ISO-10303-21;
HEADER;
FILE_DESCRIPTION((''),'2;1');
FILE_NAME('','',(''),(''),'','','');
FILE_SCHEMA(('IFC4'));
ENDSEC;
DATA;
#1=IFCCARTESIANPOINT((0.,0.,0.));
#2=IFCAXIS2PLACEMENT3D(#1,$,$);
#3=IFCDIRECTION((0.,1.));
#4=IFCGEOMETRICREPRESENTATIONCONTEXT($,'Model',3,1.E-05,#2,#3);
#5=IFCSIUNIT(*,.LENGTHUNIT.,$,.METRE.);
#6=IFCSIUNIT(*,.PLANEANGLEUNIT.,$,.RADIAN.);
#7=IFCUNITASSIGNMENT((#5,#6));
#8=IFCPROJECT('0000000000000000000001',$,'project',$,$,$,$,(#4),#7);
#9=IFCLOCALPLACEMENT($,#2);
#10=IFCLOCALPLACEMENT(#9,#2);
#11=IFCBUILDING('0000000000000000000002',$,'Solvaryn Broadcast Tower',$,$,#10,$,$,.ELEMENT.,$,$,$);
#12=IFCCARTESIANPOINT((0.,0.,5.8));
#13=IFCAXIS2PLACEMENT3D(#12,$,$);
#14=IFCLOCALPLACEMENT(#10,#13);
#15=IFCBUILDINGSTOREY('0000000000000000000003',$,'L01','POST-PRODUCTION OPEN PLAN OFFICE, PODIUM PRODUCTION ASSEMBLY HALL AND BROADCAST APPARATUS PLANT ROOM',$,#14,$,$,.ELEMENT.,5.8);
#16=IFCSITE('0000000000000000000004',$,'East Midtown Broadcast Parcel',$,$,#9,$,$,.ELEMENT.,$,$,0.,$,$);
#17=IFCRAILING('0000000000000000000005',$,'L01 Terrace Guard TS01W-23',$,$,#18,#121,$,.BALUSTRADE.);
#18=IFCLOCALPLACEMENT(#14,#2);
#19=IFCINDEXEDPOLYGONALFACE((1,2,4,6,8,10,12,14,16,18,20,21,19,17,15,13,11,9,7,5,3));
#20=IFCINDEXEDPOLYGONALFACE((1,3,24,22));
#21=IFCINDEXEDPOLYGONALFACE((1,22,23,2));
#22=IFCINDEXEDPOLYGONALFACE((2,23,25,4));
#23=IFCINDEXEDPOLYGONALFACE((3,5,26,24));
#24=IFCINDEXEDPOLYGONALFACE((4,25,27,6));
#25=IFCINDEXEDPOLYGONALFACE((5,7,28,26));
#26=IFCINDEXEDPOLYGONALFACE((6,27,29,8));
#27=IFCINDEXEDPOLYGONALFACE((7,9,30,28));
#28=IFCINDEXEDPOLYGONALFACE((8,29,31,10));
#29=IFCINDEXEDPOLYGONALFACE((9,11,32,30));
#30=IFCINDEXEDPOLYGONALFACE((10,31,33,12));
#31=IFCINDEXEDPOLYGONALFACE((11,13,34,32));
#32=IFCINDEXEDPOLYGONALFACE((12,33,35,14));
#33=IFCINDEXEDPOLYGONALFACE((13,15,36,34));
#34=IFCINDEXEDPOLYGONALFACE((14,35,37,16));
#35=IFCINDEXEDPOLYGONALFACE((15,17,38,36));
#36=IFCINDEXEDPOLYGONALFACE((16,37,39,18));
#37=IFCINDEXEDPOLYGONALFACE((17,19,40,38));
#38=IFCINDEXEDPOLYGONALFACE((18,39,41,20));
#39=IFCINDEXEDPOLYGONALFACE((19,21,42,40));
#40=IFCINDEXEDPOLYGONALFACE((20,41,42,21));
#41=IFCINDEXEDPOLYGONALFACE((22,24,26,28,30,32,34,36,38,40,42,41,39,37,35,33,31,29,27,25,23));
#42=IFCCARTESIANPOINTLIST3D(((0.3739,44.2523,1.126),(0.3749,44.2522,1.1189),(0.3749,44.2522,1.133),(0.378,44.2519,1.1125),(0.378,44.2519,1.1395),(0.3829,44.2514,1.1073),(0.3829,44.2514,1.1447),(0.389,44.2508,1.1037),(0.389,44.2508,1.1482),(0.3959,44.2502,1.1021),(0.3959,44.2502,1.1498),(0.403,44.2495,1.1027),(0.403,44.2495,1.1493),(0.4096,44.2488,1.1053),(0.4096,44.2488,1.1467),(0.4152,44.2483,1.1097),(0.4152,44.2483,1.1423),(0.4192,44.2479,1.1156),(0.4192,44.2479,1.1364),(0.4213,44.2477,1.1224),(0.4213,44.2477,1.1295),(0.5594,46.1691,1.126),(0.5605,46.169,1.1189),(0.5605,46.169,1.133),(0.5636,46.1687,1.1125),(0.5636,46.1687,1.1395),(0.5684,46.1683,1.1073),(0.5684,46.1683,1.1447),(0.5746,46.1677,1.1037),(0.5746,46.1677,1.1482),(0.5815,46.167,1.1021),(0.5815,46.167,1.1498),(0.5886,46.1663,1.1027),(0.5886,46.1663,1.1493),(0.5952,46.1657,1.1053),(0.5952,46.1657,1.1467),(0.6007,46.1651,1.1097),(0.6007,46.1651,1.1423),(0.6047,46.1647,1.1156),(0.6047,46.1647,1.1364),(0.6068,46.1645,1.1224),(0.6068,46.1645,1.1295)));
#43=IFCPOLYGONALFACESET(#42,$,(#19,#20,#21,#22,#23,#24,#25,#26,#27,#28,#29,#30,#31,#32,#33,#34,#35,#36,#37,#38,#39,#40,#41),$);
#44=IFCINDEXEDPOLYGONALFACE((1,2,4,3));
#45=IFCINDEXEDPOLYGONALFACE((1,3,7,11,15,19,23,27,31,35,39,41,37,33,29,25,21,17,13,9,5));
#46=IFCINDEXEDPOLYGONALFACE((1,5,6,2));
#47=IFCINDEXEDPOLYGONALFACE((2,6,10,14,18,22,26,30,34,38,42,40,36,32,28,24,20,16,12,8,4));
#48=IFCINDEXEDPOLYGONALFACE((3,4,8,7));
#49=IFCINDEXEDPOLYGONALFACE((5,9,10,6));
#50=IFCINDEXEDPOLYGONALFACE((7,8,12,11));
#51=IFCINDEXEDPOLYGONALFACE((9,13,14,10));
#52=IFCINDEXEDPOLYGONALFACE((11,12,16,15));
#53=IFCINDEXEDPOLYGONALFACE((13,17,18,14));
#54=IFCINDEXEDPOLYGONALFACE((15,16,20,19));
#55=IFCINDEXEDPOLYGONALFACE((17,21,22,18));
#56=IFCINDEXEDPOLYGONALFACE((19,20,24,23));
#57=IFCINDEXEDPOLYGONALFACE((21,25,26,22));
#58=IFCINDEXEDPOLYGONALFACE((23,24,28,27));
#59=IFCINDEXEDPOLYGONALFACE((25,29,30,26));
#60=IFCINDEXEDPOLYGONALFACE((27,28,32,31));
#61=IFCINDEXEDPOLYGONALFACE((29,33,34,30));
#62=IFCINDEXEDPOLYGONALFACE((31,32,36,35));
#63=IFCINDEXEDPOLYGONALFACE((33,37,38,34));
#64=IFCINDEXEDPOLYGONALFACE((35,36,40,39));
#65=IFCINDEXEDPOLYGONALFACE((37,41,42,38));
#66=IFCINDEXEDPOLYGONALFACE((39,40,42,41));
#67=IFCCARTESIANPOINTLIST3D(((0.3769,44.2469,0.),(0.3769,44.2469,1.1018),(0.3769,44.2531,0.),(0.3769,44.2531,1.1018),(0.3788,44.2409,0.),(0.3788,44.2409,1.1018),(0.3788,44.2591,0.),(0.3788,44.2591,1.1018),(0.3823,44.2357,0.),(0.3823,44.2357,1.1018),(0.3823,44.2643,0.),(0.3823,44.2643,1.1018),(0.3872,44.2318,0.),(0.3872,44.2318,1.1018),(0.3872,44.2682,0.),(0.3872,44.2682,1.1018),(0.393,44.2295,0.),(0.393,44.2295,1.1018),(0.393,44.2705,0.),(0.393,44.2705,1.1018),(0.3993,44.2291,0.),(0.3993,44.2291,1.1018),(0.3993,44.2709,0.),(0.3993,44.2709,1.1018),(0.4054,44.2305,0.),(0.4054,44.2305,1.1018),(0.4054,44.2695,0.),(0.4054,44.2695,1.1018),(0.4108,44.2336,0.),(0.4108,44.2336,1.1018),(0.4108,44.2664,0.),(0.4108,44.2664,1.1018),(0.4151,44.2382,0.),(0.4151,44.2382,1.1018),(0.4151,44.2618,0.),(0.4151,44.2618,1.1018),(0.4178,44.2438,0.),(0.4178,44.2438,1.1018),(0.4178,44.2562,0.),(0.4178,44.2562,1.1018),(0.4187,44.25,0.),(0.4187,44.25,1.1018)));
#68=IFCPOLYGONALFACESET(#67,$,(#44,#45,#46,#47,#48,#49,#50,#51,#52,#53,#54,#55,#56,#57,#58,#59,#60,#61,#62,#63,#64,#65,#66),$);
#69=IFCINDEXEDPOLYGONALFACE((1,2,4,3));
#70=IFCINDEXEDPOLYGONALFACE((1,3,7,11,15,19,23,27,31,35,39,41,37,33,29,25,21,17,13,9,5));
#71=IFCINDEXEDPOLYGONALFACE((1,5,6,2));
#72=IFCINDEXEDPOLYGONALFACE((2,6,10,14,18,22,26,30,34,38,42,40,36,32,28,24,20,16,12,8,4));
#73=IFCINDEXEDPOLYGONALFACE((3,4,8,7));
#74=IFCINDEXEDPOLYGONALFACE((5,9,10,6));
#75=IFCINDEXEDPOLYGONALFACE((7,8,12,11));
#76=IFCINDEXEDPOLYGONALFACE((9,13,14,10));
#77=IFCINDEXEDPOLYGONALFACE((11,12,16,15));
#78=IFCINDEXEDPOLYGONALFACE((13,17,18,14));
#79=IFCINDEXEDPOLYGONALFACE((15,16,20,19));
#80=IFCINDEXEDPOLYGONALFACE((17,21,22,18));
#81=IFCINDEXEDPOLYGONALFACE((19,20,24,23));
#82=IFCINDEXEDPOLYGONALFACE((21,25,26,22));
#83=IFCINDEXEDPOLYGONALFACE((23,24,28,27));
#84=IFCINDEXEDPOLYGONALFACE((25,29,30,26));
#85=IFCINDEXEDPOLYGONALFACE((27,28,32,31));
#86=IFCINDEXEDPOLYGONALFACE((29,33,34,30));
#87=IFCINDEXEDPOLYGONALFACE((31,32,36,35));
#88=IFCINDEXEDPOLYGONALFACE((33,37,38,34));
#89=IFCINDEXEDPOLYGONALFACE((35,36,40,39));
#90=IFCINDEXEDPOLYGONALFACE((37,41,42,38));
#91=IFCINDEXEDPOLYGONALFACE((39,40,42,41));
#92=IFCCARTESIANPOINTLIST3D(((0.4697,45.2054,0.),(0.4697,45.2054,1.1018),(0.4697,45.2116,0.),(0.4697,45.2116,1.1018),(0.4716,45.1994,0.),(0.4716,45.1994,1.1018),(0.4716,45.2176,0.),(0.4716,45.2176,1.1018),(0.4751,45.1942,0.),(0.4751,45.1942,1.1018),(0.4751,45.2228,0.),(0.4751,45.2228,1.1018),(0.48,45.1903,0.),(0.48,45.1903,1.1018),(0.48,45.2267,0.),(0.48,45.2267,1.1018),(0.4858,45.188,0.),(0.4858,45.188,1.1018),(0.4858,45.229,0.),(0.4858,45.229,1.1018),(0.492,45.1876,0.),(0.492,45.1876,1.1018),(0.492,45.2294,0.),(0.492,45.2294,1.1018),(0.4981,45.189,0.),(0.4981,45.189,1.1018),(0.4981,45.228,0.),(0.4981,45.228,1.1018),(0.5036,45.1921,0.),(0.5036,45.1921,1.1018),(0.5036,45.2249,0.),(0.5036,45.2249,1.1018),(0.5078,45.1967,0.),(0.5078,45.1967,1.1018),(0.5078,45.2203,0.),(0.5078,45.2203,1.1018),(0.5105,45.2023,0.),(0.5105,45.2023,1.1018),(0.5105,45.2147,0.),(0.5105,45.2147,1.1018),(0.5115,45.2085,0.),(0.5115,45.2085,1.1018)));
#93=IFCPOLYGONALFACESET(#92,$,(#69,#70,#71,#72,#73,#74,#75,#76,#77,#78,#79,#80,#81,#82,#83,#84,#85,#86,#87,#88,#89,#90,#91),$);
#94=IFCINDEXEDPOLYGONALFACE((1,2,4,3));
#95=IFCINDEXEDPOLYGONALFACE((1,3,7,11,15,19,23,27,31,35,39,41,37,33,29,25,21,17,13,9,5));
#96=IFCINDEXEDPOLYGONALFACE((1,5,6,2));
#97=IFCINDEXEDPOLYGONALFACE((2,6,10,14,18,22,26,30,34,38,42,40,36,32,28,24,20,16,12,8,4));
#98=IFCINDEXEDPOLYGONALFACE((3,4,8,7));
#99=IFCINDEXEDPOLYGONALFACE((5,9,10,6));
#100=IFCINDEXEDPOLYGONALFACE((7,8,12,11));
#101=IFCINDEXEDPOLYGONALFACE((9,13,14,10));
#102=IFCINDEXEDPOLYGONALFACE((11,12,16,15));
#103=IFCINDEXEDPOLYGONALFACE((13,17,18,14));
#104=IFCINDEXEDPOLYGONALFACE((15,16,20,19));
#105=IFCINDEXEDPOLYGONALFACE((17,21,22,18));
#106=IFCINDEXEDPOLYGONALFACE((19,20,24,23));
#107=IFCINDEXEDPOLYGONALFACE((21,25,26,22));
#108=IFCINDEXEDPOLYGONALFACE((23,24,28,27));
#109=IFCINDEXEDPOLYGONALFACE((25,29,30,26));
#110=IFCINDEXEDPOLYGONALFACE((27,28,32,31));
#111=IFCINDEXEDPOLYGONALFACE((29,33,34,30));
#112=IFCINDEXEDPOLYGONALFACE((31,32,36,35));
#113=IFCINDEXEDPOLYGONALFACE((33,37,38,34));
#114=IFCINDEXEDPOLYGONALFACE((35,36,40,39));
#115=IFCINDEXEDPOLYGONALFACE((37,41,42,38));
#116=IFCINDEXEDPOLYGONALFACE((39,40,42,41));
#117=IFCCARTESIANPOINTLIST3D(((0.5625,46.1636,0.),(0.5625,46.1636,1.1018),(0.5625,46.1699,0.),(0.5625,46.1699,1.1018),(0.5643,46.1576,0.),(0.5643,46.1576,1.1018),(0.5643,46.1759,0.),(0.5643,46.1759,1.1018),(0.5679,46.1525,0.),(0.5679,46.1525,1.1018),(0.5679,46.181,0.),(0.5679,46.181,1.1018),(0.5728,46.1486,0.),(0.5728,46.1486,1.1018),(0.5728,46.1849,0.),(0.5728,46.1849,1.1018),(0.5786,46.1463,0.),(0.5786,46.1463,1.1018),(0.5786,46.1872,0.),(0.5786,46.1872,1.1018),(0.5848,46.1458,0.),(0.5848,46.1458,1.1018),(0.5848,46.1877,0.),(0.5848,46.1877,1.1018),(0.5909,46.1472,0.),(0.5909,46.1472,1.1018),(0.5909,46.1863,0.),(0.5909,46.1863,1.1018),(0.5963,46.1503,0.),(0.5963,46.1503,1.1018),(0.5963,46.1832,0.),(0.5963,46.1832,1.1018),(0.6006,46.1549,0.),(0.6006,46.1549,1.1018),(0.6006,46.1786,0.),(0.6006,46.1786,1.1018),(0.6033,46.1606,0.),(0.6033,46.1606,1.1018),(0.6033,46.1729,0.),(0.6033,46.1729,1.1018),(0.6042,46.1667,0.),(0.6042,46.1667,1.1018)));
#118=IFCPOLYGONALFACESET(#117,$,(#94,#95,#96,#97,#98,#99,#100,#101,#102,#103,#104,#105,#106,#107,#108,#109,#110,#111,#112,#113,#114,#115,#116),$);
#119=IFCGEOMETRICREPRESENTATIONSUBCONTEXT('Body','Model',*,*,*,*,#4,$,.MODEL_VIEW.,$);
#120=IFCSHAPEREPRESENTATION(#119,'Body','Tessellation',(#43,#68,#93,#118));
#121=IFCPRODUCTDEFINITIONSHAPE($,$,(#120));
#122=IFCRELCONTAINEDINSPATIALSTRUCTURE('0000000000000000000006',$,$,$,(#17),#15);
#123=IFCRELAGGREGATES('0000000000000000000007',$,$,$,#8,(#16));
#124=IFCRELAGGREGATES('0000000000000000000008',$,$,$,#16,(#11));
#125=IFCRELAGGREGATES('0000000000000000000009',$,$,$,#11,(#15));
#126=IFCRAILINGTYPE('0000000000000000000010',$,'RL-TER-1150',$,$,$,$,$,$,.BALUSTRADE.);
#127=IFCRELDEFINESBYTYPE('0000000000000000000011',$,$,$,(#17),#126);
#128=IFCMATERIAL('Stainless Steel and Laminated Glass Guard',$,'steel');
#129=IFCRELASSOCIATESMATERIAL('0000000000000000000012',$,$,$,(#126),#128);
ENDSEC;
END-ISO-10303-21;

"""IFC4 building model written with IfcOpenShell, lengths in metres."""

from ifc_helpers import new_model, si_unit, direction, frame, origin, origin_2d, place, context, subcontext, project, spatial, circle, extrude, material, type_object, element, save


model = new_model("IFC4")

# Units and contexts
model_context = context("Model", 3, precision=1e-05, world=origin(), true_north=direction((0.0, 1.0)))
body_context = subcontext(model_context, "Body", "Model", "MODEL_VIEW")
ifc_project = project(units=[si_unit("LENGTHUNIT", "METRE"), si_unit("PLANEANGLEUNIT", "RADIAN")], contexts=[model_context])

# Site, building, storey
site_placement = place(None, origin())
site = spatial("IfcSite", under=ifc_project, at=site_placement, Name="East Midtown Broadcast Parcel", CompositionType="ELEMENT", RefElevation=0.0)
building_placement = place(site_placement, origin())
building = spatial("IfcBuilding", under=site, at=building_placement, Name="Solvaryn Broadcast Tower", CompositionType="ELEMENT")
storey_placement = place(building_placement, frame((0.0, 0.0, 5.8)))
storey = spatial("IfcBuildingStorey", under=building, at=storey_placement, Name="L01", Description="POST-PRODUCTION OPEN PLAN OFFICE, PODIUM PRODUCTION ASSEMBLY HALL AND BROADCAST APPARATUS PLANT ROOM", CompositionType="ELEMENT", Elevation=5.8)

# Railing
ifc_material_1 = material(Name="Stainless Steel and Laminated Glass Guard", Category="steel")
railing_type = type_object("IfcRailingType", Name="RL-TER-1150", PredefinedType="BALUSTRADE", material=ifc_material_1)
railing_1_placement = place(storey_placement, frame((0.3977, 44.25, 0.0)))
element("IfcRailing", 1, at=railing_1_placement, inside=storey, type_object=railing_type, Name="L01 Terrace Guard TS01W-23", PredefinedType="BALUSTRADE", context=body_context, shape_type="SweptSolid", body=[
    extrude(circle(Radius=0.0239, at=origin_2d()), frame((0.0, 0.0, 1.126), z_axis=(0.096353, 0.995347, 0.0), x_axis=(-0.995347, 0.096353, 0.0)), (0.0, 0.0, 1.0), 1.9258),
    extrude(circle(Radius=0.021, at=origin_2d()), origin(), (0.0, 0.0, 1.0), 1.1018),
    extrude(circle(Radius=0.021, at=origin_2d()), frame((0.0928, 0.9585, 0.0)), (0.0, 0.0, 1.0), 1.1018),
    extrude(circle(Radius=0.021, at=origin_2d()), frame((0.1855, 1.9167, 0.0)), (0.0, 0.0, 1.0), 1.1018),
])

save(model, "model.ifc")
